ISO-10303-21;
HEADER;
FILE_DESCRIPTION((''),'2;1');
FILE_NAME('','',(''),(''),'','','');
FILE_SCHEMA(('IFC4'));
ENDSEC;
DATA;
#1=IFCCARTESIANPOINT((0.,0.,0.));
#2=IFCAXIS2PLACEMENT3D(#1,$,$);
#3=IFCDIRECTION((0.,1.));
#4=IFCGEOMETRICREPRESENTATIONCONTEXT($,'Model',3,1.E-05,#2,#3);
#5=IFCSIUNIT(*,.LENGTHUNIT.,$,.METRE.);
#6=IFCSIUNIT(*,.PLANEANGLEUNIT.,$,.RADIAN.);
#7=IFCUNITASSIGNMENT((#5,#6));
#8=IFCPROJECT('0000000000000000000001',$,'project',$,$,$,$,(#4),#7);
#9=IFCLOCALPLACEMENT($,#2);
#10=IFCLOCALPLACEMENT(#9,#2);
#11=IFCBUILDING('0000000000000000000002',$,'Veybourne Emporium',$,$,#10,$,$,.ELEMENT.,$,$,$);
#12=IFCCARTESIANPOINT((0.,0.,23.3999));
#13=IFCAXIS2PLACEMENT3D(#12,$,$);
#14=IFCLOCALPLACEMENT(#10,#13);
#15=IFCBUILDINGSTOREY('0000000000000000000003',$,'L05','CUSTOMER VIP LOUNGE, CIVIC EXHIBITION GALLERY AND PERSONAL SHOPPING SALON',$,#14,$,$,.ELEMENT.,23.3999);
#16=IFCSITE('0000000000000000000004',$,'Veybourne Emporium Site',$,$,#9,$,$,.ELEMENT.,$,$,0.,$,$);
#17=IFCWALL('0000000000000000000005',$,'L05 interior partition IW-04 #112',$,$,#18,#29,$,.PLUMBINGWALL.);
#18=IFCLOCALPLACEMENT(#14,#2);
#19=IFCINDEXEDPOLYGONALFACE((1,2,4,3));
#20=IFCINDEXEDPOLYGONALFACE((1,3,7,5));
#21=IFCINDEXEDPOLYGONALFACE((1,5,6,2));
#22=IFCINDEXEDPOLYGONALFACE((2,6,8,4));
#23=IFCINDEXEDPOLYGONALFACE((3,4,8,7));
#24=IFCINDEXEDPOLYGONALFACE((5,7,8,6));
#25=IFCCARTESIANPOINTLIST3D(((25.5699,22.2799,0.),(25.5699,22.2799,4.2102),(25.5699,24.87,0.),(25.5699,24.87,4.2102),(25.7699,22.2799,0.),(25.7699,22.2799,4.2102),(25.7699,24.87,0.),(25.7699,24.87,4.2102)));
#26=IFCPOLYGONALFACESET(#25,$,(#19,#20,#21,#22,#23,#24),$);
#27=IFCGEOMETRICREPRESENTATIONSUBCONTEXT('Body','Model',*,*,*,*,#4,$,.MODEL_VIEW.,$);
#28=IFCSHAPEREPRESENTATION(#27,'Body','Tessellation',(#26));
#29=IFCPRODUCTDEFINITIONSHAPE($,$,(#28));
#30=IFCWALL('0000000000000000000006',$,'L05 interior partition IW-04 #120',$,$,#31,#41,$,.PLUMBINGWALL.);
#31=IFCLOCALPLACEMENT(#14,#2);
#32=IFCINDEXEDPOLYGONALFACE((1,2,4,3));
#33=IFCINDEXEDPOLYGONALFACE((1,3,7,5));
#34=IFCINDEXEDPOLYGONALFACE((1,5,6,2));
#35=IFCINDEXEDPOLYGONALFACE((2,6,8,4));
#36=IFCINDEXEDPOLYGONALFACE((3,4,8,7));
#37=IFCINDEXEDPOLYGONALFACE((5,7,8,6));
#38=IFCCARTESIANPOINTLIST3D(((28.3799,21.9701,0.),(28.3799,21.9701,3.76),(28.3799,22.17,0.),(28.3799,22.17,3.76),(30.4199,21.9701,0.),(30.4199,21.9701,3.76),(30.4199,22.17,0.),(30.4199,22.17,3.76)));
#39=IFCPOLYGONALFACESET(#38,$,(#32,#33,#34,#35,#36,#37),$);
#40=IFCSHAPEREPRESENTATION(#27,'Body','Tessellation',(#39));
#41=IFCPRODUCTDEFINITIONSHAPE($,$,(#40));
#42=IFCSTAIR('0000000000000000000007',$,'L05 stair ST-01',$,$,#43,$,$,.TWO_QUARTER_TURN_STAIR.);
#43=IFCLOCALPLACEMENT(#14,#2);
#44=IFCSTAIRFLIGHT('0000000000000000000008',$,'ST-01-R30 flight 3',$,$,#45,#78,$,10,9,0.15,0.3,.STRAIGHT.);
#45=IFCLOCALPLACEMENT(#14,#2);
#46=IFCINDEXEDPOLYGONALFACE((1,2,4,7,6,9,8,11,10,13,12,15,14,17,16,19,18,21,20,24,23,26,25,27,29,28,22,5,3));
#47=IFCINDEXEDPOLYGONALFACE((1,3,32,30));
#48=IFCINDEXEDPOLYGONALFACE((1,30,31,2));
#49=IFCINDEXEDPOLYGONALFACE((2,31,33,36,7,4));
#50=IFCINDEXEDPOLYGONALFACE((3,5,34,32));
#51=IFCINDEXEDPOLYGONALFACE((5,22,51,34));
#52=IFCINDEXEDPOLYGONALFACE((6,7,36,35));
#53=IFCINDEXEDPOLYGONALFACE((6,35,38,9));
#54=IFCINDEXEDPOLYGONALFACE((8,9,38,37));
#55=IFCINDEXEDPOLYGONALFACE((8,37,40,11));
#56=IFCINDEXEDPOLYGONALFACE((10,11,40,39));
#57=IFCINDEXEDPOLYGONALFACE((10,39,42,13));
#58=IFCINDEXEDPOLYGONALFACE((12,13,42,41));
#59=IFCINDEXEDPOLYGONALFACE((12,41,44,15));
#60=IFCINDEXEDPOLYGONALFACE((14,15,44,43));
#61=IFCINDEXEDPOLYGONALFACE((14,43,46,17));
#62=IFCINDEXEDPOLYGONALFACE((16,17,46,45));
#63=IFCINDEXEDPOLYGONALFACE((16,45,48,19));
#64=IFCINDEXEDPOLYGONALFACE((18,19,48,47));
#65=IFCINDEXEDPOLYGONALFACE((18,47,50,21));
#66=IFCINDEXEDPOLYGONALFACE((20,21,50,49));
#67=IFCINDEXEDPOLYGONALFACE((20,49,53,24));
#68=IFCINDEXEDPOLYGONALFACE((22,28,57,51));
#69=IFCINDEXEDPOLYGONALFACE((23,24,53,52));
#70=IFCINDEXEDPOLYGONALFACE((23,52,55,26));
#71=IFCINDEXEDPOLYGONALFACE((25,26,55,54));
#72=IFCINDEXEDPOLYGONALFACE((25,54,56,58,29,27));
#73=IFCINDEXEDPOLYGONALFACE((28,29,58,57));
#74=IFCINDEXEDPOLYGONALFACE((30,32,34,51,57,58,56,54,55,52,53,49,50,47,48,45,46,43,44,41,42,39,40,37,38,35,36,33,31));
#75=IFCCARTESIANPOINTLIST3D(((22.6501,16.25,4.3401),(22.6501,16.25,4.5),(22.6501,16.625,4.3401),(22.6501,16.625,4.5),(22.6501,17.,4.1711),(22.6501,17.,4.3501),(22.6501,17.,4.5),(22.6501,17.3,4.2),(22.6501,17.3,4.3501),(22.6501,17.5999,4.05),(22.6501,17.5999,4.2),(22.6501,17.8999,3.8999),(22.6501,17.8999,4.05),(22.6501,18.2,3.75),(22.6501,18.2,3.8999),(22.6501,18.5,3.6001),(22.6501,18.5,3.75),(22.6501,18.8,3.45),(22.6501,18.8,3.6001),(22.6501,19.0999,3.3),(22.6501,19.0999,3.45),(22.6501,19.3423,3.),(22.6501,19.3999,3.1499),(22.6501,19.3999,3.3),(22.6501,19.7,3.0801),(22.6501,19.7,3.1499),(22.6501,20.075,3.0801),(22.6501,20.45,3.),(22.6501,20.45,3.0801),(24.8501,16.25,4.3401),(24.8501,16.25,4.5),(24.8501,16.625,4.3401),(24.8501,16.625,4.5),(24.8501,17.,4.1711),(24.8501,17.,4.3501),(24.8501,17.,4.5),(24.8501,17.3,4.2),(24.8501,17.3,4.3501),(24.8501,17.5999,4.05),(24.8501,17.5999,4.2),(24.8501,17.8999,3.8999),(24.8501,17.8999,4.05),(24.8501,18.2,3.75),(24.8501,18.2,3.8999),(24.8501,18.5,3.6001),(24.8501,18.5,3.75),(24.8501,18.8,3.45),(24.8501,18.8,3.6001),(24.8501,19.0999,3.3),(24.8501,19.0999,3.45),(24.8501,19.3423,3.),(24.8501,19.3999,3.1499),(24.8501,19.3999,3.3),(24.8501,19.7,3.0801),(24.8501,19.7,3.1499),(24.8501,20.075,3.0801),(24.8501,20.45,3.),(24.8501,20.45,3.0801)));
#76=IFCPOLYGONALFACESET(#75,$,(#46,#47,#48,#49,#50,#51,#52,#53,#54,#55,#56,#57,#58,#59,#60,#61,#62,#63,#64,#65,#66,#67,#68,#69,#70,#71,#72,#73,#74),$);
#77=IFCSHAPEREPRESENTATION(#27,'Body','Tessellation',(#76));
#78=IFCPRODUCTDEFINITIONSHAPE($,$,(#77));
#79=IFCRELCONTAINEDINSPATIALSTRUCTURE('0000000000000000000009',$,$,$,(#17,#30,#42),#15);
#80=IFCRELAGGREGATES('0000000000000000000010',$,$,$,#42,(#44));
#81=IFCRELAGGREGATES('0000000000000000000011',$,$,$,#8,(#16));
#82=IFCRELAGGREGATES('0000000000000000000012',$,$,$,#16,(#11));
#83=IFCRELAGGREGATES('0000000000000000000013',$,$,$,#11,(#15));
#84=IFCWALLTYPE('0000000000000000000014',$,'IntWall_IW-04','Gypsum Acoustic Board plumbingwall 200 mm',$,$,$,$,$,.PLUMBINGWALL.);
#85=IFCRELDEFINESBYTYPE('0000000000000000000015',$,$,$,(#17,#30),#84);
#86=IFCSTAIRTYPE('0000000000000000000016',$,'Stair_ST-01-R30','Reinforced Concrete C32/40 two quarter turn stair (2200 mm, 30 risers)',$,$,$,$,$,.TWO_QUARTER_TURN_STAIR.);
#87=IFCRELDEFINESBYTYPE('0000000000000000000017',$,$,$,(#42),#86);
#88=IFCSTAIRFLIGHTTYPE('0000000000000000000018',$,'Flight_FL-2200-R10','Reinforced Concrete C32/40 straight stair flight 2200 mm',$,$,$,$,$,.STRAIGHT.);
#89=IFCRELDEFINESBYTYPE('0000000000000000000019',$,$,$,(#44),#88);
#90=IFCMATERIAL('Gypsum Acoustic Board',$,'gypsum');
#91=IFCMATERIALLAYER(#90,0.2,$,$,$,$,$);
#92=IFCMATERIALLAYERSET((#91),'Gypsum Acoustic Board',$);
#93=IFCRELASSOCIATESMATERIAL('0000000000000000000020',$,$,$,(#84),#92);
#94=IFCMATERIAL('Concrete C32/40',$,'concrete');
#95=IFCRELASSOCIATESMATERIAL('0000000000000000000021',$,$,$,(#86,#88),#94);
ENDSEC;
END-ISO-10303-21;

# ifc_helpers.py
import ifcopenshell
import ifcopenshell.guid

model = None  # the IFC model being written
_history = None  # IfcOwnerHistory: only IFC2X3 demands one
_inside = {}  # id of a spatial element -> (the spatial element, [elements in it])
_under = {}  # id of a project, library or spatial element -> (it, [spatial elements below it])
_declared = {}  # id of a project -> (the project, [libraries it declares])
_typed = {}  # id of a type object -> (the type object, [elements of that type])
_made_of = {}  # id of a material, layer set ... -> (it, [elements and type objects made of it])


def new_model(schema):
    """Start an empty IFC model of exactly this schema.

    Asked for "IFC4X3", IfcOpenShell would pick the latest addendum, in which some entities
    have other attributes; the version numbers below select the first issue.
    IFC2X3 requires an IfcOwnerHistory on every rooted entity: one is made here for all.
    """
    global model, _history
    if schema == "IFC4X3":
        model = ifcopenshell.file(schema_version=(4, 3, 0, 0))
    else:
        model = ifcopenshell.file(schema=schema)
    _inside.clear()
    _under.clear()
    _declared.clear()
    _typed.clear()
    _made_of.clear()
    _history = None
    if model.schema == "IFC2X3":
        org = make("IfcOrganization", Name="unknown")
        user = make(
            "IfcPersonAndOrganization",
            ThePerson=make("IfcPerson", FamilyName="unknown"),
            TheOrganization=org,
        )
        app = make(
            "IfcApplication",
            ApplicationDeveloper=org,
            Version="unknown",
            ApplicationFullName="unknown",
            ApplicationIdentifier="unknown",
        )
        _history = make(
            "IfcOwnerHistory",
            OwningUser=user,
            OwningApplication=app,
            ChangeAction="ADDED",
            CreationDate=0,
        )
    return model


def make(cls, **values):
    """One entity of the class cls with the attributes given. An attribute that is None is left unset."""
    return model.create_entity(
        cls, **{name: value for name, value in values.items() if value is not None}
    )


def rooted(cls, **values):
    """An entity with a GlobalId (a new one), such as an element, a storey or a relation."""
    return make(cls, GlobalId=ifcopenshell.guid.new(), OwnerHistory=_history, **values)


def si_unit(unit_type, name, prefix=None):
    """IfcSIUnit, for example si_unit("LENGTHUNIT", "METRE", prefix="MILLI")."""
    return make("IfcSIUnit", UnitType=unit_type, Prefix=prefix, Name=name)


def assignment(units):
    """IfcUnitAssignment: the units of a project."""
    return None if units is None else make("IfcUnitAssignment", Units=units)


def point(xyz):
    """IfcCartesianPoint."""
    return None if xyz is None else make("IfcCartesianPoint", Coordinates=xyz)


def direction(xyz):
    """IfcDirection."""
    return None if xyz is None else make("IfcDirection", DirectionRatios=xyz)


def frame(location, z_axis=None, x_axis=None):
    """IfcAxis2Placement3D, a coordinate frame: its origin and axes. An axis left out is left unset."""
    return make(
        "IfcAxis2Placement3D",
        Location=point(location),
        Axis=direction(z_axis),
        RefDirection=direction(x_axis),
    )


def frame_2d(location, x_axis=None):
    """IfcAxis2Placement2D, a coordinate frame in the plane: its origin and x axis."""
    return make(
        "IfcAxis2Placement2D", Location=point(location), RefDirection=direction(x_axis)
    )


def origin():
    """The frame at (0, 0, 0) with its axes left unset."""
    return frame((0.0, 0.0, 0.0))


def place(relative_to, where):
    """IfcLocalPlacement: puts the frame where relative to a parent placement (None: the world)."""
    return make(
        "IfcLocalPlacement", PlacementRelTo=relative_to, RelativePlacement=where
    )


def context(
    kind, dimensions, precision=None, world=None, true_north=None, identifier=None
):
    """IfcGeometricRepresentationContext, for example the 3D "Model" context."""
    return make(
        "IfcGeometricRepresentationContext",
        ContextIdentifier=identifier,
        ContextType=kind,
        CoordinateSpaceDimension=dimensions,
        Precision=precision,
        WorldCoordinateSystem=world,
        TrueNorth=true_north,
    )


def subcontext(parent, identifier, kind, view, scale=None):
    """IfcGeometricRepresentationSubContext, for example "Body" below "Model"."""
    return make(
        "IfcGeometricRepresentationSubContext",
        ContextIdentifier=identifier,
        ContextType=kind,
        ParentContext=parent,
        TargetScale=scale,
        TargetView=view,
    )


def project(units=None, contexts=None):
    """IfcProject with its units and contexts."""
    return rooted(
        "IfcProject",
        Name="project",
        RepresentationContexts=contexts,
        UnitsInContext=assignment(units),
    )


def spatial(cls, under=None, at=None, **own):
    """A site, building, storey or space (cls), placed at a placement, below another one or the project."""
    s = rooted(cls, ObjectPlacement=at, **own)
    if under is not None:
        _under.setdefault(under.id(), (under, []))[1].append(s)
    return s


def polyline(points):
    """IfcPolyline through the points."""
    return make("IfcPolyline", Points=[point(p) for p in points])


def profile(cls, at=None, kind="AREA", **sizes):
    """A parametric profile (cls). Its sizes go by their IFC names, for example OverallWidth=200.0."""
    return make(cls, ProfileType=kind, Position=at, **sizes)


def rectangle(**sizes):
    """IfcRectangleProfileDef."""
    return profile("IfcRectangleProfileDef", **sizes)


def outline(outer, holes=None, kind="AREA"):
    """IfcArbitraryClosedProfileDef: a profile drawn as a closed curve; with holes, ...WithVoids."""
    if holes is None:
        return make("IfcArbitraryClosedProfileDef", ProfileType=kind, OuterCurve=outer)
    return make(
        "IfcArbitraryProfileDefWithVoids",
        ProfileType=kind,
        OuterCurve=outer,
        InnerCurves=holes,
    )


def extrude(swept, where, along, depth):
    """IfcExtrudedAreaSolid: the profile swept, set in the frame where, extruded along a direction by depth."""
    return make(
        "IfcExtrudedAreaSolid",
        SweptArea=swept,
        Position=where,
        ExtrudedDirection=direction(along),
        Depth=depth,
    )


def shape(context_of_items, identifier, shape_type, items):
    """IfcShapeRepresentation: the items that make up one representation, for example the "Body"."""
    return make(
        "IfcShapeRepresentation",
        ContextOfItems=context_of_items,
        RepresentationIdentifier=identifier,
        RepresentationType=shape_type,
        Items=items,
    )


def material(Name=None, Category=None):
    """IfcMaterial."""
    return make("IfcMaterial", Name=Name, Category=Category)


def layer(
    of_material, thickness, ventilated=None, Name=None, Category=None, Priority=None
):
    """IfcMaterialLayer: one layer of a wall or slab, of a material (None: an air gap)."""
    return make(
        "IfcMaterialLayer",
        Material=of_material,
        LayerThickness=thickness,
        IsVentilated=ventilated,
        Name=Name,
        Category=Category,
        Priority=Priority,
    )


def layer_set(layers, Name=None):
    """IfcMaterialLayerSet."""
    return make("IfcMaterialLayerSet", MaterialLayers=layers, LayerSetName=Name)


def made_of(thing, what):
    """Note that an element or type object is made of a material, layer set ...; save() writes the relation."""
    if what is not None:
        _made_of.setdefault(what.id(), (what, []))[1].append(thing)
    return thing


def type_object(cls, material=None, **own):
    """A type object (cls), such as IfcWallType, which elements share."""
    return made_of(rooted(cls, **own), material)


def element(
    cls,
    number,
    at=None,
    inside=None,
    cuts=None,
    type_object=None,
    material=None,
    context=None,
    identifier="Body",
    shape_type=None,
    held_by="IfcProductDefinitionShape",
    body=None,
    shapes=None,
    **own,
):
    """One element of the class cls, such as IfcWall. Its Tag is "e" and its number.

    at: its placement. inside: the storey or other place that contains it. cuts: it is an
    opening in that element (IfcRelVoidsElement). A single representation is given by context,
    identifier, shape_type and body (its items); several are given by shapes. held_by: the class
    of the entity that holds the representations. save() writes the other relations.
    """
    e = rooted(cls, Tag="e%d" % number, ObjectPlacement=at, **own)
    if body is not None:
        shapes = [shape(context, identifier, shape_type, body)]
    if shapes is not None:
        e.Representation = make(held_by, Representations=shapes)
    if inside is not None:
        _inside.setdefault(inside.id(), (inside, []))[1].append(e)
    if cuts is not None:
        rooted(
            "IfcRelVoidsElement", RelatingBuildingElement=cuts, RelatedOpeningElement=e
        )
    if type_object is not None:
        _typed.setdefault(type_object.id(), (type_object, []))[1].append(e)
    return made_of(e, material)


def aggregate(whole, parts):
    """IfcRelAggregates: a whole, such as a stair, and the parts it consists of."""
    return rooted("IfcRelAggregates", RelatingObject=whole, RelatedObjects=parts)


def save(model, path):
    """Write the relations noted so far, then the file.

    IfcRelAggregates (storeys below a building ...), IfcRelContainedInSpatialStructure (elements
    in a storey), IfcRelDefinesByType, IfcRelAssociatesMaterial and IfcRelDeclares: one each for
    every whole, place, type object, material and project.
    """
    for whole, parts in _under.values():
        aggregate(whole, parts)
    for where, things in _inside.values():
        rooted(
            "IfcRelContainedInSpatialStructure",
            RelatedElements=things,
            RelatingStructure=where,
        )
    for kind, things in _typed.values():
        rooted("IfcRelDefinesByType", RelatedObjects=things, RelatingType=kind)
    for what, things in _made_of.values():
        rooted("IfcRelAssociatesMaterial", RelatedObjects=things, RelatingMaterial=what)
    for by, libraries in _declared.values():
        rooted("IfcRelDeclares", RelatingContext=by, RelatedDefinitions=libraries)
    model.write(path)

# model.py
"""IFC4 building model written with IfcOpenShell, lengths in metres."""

from ifc_helpers import new_model, si_unit, direction, frame, frame_2d, origin, place, context, subcontext, project, spatial, polyline, rectangle, outline, extrude, material, layer, layer_set, type_object, element, aggregate, save


model = new_model("IFC4")

# Units and contexts
model_context = context("Model", 3, precision=1e-05, world=origin(), true_north=direction((0.0, 1.0)))
body_context = subcontext(model_context, "Body", "Model", "MODEL_VIEW")
ifc_project = project(units=[si_unit("LENGTHUNIT", "METRE"), si_unit("PLANEANGLEUNIT", "RADIAN")], contexts=[model_context])

# Site, building, storey
site_placement = place(None, origin())
site = spatial("IfcSite", under=ifc_project, at=site_placement, Name="Veybourne Emporium Site", CompositionType="ELEMENT", RefElevation=0.0)
building_placement = place(site_placement, origin())
building = spatial("IfcBuilding", under=site, at=building_placement, Name="Veybourne Emporium", CompositionType="ELEMENT")
storey_placement = place(building_placement, frame((0.0, 0.0, 23.3999)))
storey = spatial("IfcBuildingStorey", under=building, at=storey_placement, Name="L05", Description="CUSTOMER VIP LOUNGE, CIVIC EXHIBITION GALLERY AND PERSONAL SHOPPING SALON", CompositionType="ELEMENT", Elevation=23.3999)

# Shared definitions
ifc_material_1 = material(Name="Concrete C32/40", Category="concrete")

# Shared definitions
ifc_material_2 = material(Name="Gypsum Acoustic Board", Category="gypsum")

# Shared definitions
ifc_layer_1 = layer(ifc_material_2, 0.2)
ifc_layer_set_1 = layer_set([ifc_layer_1], Name="Gypsum Acoustic Board")
wall_type_1 = type_object("IfcWallType", Name="IntWall_IW-04", Description="Gypsum Acoustic Board plumbingwall 200 mm", PredefinedType="PLUMBINGWALL", material=ifc_layer_set_1)

# Walls
for number, where, z_axis, x_axis, name in (
    (1, (25.6699, 22.28, 0.0), (0.0, 0.0, 1.0), (0.0, 1.0, 0.0), "L05 interior partition IW-04 #112"),
):
    element("IfcWall", number, at=place(storey_placement, frame(where, z_axis=z_axis, x_axis=x_axis)), inside=storey, type_object=wall_type_1, Name=name, PredefinedType="PLUMBINGWALL", context=body_context, shape_type="SweptSolid", body=[
        extrude(rectangle(XDim=2.5901, YDim=0.2, at=frame_2d((1.2949, 0.0))), origin(), (0.0, 0.0, 1.0), 4.2102),
    ])
wall_1_placement = place(storey_placement, frame((28.3799, 22.0701, 0.0), z_axis=(0.0, 0.0, 1.0), x_axis=(1.0, 0.0, 0.0)))
element("IfcWall", 2, at=wall_1_placement, inside=storey, type_object=wall_type_1, Name="L05 interior partition IW-04 #120", PredefinedType="PLUMBINGWALL", context=body_context, shape_type="SweptSolid", body=[
    extrude(rectangle(XDim=2.04, YDim=0.2, at=frame_2d((1.02, 0.0))), origin(), (0.0, 0.0, 1.0), 3.76),
])

# Stair, stair flight
stair_type = type_object("IfcStairType", Name="Stair_ST-01-R30", Description="Reinforced Concrete C32/40 two quarter turn stair (2200 mm, 30 risers)", PredefinedType="TWO_QUARTER_TURN_STAIR", material=ifc_material_1)
stair_placement = place(storey_placement, origin())
stair = element("IfcStair", 3, at=stair_placement, inside=storey, type_object=stair_type, Name="L05 stair ST-01", PredefinedType="TWO_QUARTER_TURN_STAIR")
stair_flight_type = type_object("IfcStairFlightType", Name="Flight_FL-2200-R10", Description="Reinforced Concrete C32/40 straight stair flight 2200 mm", PredefinedType="STRAIGHT", material=ifc_material_1)
stair_flight_placement = place(storey_placement, frame((23.75, 19.7, 3.0), z_axis=(0.0, 0.0, 1.0), x_axis=(0.0, -1.0, 0.0)))
stair_flight = element("IfcStairFlight", 4, at=stair_flight_placement, type_object=stair_flight_type, Name="ST-01-R30 flight 3", NumberOfRisers=10, NumberOfTreads=9, PredefinedType="STRAIGHT", RiserHeight=0.15, TreadLength=0.3, context=body_context, shape_type="SweptSolid", body=[
    extrude(outline(polyline([(-0.75, 0.0), (-0.75, 0.0801), (-0.375, 0.0801), (0.0, 0.0801), (0.0, 0.1499), (0.3, 0.1499), (0.3, 0.3), (0.6001, 0.3), (0.6001, 0.45), (0.8999, 0.45), (0.8999, 0.6001), (1.2, 0.6001), (1.2, 0.75), (1.5, 0.75), (1.5, 0.8999), (1.8, 0.8999), (1.8, 1.05), (2.1001, 1.05), (2.1001, 1.2), (2.3999, 1.2), (2.3999, 1.3501), (2.7, 1.3501), (2.7, 1.5), (3.075, 1.5), (3.45, 1.5), (3.45, 1.3401), (3.075, 1.3401), (2.7, 1.1711), (0.3577, 0.0), (-0.75, 0.0)])), frame((0.0, 1.1001, 0.0), z_axis=(0.0, -1.0, 0.0), x_axis=(1.0, 0.0, 0.0)), (0.0, 0.0, 1.0), 2.2),
])
aggregate(stair, [stair_flight])

save(model, "model.ifc")
